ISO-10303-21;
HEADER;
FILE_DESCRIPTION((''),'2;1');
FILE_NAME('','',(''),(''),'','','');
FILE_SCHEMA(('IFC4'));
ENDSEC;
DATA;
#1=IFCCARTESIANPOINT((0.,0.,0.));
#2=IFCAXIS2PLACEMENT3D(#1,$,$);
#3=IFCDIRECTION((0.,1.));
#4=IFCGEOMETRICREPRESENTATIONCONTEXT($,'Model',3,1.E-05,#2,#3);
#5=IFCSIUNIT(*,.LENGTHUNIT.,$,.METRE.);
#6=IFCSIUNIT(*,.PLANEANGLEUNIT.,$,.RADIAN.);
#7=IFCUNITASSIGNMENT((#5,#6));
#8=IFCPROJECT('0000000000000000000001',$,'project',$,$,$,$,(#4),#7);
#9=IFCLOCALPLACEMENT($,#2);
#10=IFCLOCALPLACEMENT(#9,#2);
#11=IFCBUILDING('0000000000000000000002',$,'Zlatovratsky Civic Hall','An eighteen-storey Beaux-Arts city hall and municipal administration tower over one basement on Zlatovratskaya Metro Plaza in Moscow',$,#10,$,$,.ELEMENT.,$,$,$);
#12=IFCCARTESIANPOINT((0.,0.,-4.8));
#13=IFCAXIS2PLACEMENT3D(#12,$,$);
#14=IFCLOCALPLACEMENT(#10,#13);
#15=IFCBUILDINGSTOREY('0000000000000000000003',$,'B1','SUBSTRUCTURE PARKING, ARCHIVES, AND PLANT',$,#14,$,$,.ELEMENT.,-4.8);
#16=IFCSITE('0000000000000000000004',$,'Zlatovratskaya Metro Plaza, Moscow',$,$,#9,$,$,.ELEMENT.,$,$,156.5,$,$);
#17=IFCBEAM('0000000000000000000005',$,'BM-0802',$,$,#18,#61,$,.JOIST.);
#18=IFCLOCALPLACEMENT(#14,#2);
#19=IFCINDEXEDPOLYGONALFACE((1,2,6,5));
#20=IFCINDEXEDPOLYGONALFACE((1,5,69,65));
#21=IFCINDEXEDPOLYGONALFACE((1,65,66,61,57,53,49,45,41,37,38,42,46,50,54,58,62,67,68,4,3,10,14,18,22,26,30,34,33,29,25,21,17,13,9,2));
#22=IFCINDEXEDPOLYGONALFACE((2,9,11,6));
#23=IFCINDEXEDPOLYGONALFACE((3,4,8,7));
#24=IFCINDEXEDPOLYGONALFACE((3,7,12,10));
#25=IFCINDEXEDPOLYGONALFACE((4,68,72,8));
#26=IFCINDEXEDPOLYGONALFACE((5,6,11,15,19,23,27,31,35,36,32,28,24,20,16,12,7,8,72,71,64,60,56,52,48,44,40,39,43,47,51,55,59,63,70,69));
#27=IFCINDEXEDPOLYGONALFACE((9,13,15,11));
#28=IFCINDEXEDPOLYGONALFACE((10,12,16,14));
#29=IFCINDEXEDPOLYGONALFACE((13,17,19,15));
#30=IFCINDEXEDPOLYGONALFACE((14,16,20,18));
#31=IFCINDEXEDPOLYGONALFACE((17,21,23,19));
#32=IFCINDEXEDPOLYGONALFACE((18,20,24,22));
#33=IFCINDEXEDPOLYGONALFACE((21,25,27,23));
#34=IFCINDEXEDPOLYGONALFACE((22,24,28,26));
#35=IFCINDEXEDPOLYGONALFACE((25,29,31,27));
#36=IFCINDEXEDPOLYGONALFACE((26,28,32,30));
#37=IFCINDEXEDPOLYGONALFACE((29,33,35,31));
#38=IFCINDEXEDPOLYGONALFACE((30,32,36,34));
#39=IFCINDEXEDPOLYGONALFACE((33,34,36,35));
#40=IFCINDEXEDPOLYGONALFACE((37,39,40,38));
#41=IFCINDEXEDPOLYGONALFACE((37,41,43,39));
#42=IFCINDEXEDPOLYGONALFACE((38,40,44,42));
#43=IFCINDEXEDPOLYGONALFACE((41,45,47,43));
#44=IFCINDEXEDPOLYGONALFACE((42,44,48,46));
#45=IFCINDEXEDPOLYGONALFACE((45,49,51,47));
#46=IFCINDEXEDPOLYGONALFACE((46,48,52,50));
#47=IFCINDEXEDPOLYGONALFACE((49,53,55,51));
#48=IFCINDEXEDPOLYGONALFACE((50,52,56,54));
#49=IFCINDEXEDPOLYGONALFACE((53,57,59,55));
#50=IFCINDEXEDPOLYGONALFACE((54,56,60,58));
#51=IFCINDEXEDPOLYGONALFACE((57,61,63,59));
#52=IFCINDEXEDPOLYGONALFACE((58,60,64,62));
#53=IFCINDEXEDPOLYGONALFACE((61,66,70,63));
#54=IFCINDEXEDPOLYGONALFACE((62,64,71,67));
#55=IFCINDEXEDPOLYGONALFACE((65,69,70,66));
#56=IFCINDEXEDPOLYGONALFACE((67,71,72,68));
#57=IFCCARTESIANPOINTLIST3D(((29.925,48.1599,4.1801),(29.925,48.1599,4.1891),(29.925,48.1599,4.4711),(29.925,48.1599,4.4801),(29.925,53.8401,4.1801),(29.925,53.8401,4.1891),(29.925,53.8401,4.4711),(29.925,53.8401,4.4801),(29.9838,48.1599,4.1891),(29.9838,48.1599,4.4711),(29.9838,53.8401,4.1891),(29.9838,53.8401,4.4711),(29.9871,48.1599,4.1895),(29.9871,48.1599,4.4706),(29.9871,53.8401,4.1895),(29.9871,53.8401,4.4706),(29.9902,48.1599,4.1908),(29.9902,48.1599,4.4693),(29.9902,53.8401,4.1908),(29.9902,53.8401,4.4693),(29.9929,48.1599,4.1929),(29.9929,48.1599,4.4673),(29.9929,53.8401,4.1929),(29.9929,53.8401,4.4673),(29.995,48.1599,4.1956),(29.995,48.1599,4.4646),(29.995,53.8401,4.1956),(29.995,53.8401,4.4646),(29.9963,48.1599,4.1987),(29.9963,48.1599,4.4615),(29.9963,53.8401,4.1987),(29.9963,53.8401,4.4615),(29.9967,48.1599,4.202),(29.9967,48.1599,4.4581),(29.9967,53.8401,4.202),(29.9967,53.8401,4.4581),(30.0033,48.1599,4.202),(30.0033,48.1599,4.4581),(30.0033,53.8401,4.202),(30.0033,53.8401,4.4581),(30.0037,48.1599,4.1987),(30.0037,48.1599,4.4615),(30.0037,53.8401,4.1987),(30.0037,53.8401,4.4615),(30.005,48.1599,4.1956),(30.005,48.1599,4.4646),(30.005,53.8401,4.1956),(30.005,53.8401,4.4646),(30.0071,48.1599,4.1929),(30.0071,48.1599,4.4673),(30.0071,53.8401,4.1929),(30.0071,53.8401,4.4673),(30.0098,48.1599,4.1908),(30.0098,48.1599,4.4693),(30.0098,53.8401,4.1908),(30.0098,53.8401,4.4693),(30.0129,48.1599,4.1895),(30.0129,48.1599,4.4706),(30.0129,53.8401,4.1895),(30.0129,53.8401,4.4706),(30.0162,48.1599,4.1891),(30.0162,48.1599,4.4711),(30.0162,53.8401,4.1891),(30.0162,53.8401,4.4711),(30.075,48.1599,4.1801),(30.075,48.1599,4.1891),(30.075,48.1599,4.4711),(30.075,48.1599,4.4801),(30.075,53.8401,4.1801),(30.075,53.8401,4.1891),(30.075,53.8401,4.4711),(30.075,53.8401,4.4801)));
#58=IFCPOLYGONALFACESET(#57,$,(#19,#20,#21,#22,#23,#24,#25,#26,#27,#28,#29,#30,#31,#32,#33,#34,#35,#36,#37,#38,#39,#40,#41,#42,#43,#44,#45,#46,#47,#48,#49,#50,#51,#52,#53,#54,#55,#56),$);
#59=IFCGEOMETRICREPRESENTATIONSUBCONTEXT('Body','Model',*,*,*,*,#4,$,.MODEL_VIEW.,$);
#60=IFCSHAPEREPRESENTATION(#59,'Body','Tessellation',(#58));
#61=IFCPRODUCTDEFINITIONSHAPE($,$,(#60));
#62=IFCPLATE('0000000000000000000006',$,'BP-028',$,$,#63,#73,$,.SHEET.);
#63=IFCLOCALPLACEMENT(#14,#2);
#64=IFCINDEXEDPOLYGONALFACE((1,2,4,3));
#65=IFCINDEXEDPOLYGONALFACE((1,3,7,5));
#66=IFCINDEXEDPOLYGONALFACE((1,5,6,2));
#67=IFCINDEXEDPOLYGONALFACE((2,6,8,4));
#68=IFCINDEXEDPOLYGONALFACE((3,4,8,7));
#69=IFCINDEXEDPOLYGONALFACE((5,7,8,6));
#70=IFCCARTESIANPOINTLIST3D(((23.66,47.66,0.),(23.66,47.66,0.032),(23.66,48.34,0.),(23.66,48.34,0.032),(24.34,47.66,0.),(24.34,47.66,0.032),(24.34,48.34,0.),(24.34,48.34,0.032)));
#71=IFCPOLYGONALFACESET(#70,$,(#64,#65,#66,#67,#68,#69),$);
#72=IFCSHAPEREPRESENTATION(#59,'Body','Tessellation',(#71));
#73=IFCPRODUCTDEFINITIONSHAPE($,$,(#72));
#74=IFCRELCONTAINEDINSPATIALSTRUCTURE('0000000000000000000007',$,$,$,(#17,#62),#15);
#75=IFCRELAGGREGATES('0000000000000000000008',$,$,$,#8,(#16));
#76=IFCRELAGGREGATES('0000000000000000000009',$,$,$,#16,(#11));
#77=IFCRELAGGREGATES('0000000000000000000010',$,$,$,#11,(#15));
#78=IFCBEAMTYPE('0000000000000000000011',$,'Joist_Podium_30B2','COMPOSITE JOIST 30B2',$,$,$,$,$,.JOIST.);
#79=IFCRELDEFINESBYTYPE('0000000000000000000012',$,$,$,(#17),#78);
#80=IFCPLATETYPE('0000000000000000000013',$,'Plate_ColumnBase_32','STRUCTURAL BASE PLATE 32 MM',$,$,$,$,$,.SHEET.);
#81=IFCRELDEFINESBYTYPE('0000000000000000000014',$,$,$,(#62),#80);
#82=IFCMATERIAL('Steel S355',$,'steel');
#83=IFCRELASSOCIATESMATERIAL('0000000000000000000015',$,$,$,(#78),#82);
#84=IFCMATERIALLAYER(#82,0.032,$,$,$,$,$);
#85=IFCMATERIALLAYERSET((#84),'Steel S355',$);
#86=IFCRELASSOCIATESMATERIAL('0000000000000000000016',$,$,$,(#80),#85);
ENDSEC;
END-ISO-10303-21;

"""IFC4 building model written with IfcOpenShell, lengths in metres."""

from ifc_helpers import new_model, si_unit, direction, frame, origin, origin_2d, place, context, subcontext, project, spatial, rectangle, i_section, extrude, material, layer, layer_set, material_profile, profile_set, type_object, element, save


model = new_model("IFC4")

# Units and contexts
model_context = context("Model", 3, precision=1e-05, world=origin(), true_north=direction((0.0, 1.0)))
body_context = subcontext(model_context, "Body", "Model", "MODEL_VIEW")
ifc_project = project(units=[si_unit("LENGTHUNIT", "METRE"), si_unit("PLANEANGLEUNIT", "RADIAN")], contexts=[model_context])

# Site, building, storey
site_placement = place(None, origin())
site = spatial("IfcSite", under=ifc_project, at=site_placement, Name="Zlatovratskaya Metro Plaza, Moscow", CompositionType="ELEMENT", RefElevation=156.5)
building_placement = place(site_placement, origin())
building = spatial("IfcBuilding", under=site, at=building_placement, Name="Zlatovratsky Civic Hall", Description="An eighteen-storey Beaux-Arts city hall and municipal administration tower over one basement on Zlatovratskaya Metro Plaza in Moscow", CompositionType="ELEMENT")
storey_placement = place(building_placement, frame((0.0, 0.0, -4.8)))
storey = spatial("IfcBuildingStorey", under=building, at=storey_placement, Name="B1", Description="SUBSTRUCTURE PARKING, ARCHIVES, AND PLANT", CompositionType="ELEMENT", Elevation=-4.8)

# Shared definitions
ifc_material_1 = material(Name="Steel S355", Category="steel")

# Beam
ifc_material_profile_1 = material_profile(ifc_material_1, i_section(OverallWidth=0.1499, OverallDepth=0.3, WebThickness=0.0066, FlangeThickness=0.009, FilletRadius=0.0129, at=origin_2d()), Name="30B2")
ifc_profile_set_1 = profile_set([ifc_material_profile_1], Name="Steel S355")
beam_type_1 = type_object("IfcBeamType", Name="Joist_Podium_30B2", Description="COMPOSITE JOIST 30B2", PredefinedType="JOIST", material=ifc_profile_set_1)
for number, where, z_axis, x_axis, name in (
    (1, (30.0, 48.1599, 4.3301), (0.0, 1.0, 0.0), (-1.0, 0.0, 0.0), "BM-0802"),
):
    element("IfcBeam", number, at=place(storey_placement, frame(where, z_axis=z_axis, x_axis=x_axis)), inside=storey, type_object=beam_type_1, Name=name, PredefinedType="JOIST", context=body_context, shape_type="SweptSolid", body=[
        extrude(i_section(OverallWidth=0.1499, OverallDepth=0.3, WebThickness=0.0066, FlangeThickness=0.009, FilletRadius=0.0129, at=origin_2d()), origin(), (0.0, 0.0, 1.0), 5.6802),
    ])

# Plate
ifc_layer = layer(ifc_material_1, 0.032)
ifc_layer_set = layer_set([ifc_layer], Name="Steel S355")
plate_type = type_object("IfcPlateType", Name="Plate_ColumnBase_32", Description="STRUCTURAL BASE PLATE 32 MM", PredefinedType="SHEET", material=ifc_layer_set)
plate_placement = place(storey_placement, frame((24.0, 48.0, 0.0), z_axis=(0.0, 0.0, 1.0), x_axis=(1.0, 0.0, 0.0)))
element("IfcPlate", 2, at=plate_placement, inside=storey, type_object=plate_type, Name="BP-028", PredefinedType="SHEET", context=body_context, shape_type="SweptSolid", body=[
    extrude(rectangle(XDim=0.6799, YDim=0.6799, at=origin_2d()), origin(), (0.0, 0.0, 1.0), 0.032),
])

save(model, "model.ifc")
